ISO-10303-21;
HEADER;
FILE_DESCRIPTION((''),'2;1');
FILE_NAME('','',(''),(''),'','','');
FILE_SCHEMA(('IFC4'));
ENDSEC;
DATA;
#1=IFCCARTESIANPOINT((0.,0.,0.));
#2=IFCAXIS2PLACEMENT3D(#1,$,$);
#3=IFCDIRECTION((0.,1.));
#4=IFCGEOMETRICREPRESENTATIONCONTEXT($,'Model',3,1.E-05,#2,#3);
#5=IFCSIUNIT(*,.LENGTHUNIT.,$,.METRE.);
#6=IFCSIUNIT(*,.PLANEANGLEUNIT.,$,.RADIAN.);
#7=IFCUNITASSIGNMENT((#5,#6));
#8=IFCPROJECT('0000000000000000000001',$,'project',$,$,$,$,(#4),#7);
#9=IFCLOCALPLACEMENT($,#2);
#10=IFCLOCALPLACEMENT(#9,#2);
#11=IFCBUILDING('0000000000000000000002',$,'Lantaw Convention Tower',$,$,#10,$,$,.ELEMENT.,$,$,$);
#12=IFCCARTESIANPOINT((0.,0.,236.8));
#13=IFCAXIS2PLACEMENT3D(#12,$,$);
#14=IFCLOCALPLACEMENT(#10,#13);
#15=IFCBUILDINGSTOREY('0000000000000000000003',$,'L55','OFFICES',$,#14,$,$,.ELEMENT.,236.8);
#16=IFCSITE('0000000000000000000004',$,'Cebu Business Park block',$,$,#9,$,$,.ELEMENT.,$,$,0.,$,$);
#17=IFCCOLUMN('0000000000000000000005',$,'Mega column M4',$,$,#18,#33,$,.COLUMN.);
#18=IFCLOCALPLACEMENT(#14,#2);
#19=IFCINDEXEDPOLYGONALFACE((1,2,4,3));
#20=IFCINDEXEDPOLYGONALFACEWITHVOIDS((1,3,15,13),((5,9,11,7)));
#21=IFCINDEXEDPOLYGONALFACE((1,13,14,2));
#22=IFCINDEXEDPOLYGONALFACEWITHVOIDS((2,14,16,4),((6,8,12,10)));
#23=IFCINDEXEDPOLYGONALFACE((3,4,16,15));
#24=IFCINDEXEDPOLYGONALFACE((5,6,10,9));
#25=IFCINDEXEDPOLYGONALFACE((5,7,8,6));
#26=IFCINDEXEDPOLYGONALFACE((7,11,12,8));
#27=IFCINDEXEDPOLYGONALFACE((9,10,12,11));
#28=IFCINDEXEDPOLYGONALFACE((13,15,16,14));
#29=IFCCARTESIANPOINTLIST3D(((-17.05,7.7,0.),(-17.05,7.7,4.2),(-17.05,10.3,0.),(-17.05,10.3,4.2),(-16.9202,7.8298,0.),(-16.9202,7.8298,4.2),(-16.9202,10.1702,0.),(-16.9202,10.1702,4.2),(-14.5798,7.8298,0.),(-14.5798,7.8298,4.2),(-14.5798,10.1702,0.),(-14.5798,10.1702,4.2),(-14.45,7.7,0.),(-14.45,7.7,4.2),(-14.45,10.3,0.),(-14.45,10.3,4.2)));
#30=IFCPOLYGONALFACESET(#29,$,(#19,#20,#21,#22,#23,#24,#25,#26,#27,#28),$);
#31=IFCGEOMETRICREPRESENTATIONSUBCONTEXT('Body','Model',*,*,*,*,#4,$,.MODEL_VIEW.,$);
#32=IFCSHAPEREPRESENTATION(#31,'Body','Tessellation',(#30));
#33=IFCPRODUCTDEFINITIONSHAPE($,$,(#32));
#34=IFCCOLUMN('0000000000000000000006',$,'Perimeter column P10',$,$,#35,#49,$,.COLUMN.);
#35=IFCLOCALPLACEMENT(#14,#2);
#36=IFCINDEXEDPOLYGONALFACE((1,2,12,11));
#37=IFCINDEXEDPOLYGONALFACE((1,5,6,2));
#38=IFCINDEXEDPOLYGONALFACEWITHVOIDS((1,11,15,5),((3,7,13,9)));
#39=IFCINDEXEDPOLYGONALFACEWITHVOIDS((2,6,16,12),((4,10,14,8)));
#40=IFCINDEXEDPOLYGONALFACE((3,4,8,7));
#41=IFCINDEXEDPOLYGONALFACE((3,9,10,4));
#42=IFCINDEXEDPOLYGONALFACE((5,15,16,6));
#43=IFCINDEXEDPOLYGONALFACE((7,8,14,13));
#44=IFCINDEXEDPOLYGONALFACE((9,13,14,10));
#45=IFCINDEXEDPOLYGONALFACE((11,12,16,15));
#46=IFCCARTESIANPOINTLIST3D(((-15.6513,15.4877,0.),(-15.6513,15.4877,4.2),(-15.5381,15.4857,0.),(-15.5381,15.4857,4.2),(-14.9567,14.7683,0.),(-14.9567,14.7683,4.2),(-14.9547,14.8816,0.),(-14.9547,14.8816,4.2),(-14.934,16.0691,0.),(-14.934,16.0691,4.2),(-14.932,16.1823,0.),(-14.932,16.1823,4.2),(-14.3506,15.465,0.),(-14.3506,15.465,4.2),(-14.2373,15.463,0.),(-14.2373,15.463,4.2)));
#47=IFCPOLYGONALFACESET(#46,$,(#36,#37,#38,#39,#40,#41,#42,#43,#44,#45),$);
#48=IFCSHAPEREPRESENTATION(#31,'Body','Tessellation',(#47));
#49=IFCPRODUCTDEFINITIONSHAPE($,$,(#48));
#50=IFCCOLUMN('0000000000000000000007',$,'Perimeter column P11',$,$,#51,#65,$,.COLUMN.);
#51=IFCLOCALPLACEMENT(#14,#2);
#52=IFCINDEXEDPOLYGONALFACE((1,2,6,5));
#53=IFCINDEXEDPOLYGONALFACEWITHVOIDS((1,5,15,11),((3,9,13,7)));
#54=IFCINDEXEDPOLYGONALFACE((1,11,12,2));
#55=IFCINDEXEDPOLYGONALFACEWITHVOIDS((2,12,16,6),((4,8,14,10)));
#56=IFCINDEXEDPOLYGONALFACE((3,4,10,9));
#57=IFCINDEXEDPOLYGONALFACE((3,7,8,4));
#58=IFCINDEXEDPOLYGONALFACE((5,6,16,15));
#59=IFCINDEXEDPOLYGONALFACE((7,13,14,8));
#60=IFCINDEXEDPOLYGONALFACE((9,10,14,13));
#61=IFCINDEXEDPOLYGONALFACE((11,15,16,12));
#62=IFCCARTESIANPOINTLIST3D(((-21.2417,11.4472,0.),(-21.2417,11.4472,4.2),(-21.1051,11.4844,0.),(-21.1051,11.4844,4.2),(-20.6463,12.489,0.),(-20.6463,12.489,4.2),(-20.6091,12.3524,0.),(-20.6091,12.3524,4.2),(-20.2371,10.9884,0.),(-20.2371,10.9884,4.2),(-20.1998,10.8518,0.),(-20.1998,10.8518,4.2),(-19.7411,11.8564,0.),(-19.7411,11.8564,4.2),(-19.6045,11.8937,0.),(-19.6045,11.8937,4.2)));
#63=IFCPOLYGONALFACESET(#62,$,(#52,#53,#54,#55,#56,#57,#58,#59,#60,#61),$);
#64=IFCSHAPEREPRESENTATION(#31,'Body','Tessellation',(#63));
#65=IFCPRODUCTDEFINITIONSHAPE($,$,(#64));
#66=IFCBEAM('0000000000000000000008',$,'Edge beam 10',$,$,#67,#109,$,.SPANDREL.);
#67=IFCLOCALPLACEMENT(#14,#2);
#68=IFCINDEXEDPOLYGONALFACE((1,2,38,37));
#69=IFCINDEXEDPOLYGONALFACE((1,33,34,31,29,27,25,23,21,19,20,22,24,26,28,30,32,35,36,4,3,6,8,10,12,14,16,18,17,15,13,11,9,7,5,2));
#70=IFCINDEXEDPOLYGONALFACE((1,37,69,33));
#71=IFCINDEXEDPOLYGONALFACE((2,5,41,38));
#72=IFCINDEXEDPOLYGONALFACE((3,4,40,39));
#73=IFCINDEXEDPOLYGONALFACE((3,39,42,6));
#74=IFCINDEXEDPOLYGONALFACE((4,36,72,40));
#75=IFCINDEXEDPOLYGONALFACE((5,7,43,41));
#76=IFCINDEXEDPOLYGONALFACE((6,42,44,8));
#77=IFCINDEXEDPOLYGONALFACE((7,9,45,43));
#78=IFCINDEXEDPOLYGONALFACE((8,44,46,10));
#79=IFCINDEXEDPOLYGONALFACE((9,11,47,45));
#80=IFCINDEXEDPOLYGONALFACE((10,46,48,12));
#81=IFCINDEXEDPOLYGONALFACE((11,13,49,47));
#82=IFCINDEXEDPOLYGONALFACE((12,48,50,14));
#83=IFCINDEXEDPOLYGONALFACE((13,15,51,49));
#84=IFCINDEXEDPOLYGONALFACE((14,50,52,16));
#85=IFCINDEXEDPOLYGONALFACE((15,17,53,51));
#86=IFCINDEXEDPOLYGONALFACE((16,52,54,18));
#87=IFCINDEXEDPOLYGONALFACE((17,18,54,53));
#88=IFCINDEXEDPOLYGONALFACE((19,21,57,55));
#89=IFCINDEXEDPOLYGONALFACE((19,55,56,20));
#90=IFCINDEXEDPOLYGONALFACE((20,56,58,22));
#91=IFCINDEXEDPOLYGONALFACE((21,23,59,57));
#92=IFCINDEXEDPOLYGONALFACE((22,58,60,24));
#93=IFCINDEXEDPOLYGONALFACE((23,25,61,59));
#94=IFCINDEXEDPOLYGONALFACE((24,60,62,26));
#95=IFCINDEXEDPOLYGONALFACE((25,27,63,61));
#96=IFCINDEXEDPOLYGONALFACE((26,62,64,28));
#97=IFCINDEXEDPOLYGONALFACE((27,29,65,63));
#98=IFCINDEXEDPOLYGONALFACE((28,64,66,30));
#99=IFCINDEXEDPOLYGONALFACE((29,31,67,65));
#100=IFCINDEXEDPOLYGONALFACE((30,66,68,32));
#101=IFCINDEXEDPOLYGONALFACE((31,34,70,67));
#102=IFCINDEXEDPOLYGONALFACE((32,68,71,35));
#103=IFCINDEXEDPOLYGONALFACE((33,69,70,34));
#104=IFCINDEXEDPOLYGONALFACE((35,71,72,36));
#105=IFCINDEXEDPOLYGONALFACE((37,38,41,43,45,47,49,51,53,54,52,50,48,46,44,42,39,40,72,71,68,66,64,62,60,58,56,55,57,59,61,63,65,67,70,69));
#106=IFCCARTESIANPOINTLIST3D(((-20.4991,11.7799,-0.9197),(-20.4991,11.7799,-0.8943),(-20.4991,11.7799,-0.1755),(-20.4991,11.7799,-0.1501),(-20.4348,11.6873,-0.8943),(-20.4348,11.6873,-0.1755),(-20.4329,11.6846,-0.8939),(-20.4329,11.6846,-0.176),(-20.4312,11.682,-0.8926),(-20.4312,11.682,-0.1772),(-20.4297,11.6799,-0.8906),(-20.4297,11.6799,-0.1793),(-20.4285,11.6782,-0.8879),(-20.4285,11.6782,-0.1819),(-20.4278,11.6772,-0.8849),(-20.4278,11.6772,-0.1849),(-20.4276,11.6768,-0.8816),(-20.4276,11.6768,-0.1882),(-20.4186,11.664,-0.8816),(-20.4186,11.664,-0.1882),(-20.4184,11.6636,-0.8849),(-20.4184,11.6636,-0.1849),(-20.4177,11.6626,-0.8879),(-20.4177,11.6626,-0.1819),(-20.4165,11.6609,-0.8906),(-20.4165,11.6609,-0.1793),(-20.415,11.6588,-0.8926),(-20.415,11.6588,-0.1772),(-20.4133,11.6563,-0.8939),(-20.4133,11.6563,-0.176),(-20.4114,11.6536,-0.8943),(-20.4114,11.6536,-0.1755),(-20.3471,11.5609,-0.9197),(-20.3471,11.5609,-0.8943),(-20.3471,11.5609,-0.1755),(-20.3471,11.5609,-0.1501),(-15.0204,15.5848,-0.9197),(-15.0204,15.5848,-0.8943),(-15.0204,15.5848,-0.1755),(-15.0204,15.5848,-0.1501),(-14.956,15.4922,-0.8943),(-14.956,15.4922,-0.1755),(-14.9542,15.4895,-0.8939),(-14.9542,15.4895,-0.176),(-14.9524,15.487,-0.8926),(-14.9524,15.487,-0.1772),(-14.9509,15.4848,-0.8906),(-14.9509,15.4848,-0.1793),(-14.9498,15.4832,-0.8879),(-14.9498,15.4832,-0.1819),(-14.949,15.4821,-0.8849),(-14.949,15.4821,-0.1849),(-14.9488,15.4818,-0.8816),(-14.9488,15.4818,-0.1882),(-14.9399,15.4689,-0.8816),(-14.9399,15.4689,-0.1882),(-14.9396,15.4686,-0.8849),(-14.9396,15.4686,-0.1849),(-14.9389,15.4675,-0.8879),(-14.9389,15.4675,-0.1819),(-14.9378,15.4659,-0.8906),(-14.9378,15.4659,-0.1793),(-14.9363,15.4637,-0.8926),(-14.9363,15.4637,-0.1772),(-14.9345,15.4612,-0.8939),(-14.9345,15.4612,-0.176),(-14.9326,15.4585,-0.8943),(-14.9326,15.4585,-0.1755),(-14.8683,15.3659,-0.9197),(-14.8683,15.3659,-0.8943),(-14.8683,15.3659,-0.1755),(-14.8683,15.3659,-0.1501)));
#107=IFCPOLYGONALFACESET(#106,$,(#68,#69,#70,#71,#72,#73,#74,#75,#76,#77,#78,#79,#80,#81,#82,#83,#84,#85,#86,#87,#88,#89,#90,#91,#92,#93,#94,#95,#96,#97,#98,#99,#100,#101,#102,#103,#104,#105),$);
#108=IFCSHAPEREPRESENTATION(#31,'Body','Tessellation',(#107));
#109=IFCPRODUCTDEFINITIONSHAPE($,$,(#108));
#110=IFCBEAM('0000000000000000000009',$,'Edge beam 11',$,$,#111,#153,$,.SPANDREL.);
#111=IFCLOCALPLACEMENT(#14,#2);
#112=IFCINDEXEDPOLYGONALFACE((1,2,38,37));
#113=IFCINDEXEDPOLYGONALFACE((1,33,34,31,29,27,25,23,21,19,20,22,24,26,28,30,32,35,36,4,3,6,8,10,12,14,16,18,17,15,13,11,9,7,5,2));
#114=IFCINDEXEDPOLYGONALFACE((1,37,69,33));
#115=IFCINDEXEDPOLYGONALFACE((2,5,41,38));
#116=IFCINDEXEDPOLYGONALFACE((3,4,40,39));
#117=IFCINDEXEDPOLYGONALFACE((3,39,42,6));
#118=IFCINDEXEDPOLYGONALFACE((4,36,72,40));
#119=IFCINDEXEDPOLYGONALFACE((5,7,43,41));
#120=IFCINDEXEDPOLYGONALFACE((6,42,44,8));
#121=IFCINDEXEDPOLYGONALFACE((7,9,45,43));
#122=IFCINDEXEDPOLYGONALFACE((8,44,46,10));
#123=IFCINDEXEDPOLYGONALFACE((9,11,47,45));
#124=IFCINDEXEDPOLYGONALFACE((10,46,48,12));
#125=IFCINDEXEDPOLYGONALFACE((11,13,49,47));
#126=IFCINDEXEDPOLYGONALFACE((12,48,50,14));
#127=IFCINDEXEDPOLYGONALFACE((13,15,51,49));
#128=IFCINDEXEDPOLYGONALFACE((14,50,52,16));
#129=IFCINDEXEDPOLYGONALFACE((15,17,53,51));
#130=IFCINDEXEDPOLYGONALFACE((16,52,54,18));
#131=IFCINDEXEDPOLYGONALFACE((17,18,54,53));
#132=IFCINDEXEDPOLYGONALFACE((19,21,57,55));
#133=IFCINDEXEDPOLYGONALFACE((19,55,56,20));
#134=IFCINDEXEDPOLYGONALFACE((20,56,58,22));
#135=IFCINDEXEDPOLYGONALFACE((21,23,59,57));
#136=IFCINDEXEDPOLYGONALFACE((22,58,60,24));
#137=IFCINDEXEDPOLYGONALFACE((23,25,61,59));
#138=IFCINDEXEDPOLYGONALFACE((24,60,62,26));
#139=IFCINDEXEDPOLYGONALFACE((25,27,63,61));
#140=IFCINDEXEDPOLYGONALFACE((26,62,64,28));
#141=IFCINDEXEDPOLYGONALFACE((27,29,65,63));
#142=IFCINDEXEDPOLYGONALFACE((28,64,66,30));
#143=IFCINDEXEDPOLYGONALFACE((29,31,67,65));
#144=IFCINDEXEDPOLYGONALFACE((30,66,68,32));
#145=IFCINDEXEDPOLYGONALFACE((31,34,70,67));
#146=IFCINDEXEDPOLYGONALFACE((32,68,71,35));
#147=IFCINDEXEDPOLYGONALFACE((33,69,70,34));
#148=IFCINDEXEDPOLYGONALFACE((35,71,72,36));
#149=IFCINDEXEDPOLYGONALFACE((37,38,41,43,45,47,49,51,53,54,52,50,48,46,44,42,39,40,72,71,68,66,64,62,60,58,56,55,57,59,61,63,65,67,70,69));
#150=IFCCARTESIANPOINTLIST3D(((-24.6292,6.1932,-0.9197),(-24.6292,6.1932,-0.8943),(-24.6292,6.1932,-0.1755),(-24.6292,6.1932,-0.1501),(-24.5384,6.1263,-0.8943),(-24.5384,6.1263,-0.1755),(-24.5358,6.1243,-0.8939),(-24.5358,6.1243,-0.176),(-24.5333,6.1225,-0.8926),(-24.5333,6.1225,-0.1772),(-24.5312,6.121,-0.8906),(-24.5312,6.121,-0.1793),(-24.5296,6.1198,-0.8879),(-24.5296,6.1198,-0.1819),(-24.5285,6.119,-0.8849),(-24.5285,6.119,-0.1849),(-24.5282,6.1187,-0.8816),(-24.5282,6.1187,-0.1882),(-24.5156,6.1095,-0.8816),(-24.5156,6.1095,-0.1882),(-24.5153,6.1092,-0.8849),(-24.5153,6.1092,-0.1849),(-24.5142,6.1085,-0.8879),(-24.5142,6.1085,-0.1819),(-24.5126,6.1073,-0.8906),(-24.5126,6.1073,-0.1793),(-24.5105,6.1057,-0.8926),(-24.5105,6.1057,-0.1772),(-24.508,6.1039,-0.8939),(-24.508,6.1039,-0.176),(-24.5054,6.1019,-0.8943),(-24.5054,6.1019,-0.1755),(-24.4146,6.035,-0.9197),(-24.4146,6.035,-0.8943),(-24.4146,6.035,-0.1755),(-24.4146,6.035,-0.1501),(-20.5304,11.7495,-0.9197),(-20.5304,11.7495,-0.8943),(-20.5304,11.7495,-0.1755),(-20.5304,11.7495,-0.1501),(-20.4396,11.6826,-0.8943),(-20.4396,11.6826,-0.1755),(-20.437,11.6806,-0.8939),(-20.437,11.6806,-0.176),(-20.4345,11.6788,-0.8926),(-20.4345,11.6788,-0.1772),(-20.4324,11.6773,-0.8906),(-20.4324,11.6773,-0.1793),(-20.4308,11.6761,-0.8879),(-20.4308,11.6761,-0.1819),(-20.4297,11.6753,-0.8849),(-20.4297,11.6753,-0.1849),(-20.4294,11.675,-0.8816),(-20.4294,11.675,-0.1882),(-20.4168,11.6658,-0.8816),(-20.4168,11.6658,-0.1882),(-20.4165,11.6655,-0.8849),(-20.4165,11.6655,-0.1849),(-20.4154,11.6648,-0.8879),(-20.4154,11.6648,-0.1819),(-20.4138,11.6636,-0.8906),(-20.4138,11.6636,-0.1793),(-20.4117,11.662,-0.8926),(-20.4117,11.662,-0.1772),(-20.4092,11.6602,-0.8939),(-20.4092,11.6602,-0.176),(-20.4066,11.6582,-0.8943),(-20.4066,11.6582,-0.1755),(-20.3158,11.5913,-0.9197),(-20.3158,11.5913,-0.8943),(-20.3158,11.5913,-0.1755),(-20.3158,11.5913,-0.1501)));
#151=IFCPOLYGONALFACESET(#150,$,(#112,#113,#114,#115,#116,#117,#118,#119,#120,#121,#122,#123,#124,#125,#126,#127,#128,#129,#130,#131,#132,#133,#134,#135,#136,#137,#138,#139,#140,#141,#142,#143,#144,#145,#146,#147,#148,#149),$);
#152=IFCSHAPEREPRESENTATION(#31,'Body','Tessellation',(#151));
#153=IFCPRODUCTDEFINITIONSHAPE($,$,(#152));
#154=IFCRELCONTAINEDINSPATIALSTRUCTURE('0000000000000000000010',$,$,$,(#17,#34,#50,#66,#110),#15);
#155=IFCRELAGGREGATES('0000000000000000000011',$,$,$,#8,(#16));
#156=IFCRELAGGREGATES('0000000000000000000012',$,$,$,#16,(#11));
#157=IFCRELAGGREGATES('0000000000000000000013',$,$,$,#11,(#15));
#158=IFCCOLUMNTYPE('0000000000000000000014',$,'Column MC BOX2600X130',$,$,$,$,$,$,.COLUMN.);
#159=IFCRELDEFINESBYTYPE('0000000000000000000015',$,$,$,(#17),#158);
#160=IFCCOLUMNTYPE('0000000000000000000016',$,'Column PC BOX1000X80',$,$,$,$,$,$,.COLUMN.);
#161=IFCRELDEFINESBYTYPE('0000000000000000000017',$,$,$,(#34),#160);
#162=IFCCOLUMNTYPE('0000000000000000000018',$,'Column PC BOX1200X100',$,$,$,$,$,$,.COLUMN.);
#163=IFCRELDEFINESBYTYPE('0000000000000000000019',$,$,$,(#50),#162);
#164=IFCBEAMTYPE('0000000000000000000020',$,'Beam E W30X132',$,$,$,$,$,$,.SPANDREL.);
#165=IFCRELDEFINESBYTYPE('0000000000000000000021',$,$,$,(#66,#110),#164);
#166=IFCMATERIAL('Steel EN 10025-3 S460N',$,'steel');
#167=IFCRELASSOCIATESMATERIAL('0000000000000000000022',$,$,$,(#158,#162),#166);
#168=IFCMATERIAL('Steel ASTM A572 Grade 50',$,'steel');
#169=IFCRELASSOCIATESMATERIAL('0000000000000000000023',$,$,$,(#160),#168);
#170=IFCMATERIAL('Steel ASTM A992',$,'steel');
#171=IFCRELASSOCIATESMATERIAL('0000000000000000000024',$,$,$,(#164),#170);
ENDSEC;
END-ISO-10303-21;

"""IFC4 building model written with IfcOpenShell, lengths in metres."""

from ifc_helpers import new_model, si_unit, direction, frame, origin, origin_2d, place, context, subcontext, project, spatial, rectangle, hollow_rectangle, i_section, extrude, material, material_profile, profile_set, type_object, element, save


model = new_model("IFC4")

# Units and contexts
model_context = context("Model", 3, precision=1e-05, world=origin(), true_north=direction((0.0, 1.0)))
body_context = subcontext(model_context, "Body", "Model", "MODEL_VIEW")
ifc_project = project(units=[si_unit("LENGTHUNIT", "METRE"), si_unit("PLANEANGLEUNIT", "RADIAN")], contexts=[model_context])

# Site, building, storey
site_placement = place(None, origin())
site = spatial("IfcSite", under=ifc_project, at=site_placement, Name="Cebu Business Park block", CompositionType="ELEMENT", RefElevation=0.0)
building_placement = place(site_placement, origin())
building = spatial("IfcBuilding", under=site, at=building_placement, Name="Lantaw Convention Tower", CompositionType="ELEMENT")
storey_placement = place(building_placement, frame((0.0, 0.0, 236.8)))
storey = spatial("IfcBuildingStorey", under=building, at=storey_placement, Name="L55", Description="OFFICES", CompositionType="ELEMENT", Elevation=236.8)

# Columns
ifc_material_1 = material(Name="Steel EN 10025-3 S460N", Category="steel")
ifc_material_profile_1 = material_profile(ifc_material_1, hollow_rectangle(XDim=2.6001, YDim=2.6001, WallThickness=0.1299, at=origin_2d()), Name="BOX2600X130")
ifc_material_2 = material(Name="Concrete C60/75", Category="concrete")
ifc_material_profile_2 = material_profile(ifc_material_2, rectangle(XDim=2.3401, YDim=2.3401, at=origin_2d()), Name="Concrete fill of BOX2600X130")
ifc_profile_set_1 = profile_set([ifc_material_profile_1, ifc_material_profile_2], Name="Steel EN 10025-3 S460N")
column_type_1 = type_object("IfcColumnType", Name="Column MC BOX2600X130", PredefinedType="COLUMN", material=ifc_profile_set_1)
column_1_placement = place(storey_placement, frame((-15.75, 9.0, 0.0), z_axis=(0.0, 0.0, 1.0), x_axis=(1.0, 0.0, 0.0)))
element("IfcColumn", 1, at=column_1_placement, inside=storey, type_object=column_type_1, Name="Mega column M4", PredefinedType="COLUMN", context=body_context, shape_type="SweptSolid", body=[
    extrude(hollow_rectangle(XDim=2.6001, YDim=2.6001, WallThickness=0.1299, at=origin_2d()), origin(), (0.0, 0.0, 1.0), 4.2),
])
ifc_material_3 = material(Name="Steel ASTM A572 Grade 50", Category="steel")
ifc_material_profile_3 = material_profile(ifc_material_3, hollow_rectangle(XDim=1.0, YDim=1.0, WallThickness=0.0801, at=origin_2d()), Name="BOX1000X80")
ifc_material_profile_4 = material_profile(ifc_material_2, rectangle(XDim=0.8401, YDim=0.8401, at=origin_2d()), Name="Concrete fill of BOX1000X80")
ifc_profile_set_2 = profile_set([ifc_material_profile_3, ifc_material_profile_4], Name="Steel ASTM A572 Grade 50")
column_type_2 = type_object("IfcColumnType", Name="Column PC BOX1000X80", PredefinedType="COLUMN", material=ifc_profile_set_2)
column_2_placement = place(storey_placement, frame((-14.9443, 15.4753, 0.0), z_axis=(0.0, 0.0, 1.0), x_axis=(0.71934, 0.694658, 0.0)))
element("IfcColumn", 2, at=column_2_placement, inside=storey, type_object=column_type_2, Name="Perimeter column P10", PredefinedType="COLUMN", context=body_context, shape_type="SweptSolid", body=[
    extrude(hollow_rectangle(XDim=1.0, YDim=1.0, WallThickness=0.0801, at=origin_2d()), origin(), (0.0, 0.0, 1.0), 4.2),
])
ifc_material_profile_5 = material_profile(ifc_material_1, hollow_rectangle(XDim=1.2, YDim=1.2, WallThickness=0.1001, at=origin_2d()), Name="BOX1200X100")
ifc_material_profile_6 = material_profile(ifc_material_2, rectangle(XDim=1.0, YDim=1.0, at=origin_2d()), Name="Concrete fill of BOX1200X100")
ifc_profile_set_3 = profile_set([ifc_material_profile_5, ifc_material_profile_6], Name="Steel EN 10025-3 S460N")
column_type_3 = type_object("IfcColumnType", Name="Column PC BOX1200X100", PredefinedType="COLUMN", material=ifc_profile_set_3)
column_3_placement = place(storey_placement, frame((-20.4231, 11.6704, 0.0), z_axis=(0.0, 0.0, 1.0), x_axis=(0.496139, 0.868243, 0.0)))
element("IfcColumn", 3, at=column_3_placement, inside=storey, type_object=column_type_3, Name="Perimeter column P11", PredefinedType="COLUMN", context=body_context, shape_type="SweptSolid", body=[
    extrude(hollow_rectangle(XDim=1.2, YDim=1.2, WallThickness=0.1001, at=origin_2d()), origin(), (0.0, 0.0, 1.0), 4.2),
])

# Beams
ifc_material_4 = material(Name="Steel ASTM A992", Category="steel")
ifc_material_profile_7 = material_profile(ifc_material_4, i_section(OverallWidth=0.2666, OverallDepth=0.7695, WebThickness=0.0156, FlangeThickness=0.0254, FilletRadius=0.0127, at=origin_2d()), Name="W30X132")
ifc_profile_set_4 = profile_set([ifc_material_profile_7], Name="Steel ASTM A992")
beam_type_1 = type_object("IfcBeamType", Name="Beam E W30X132", PredefinedType="SPANDREL", material=ifc_profile_set_4)
beam_1_placement = place(storey_placement, frame((-14.9443, 15.4753, -0.5349), z_axis=(-0.821353, -0.57042, 0.0), x_axis=(0.57042, -0.821353, 0.0)))
element("IfcBeam", 4, at=beam_1_placement, inside=storey, type_object=beam_type_1, Name="Edge beam 10", PredefinedType="SPANDREL", context=body_context, shape_type="SweptSolid", body=[
    extrude(i_section(OverallWidth=0.2666, OverallDepth=0.7695, WebThickness=0.0156, FlangeThickness=0.0254, FilletRadius=0.0127, at=origin_2d()), origin(), (0.0, 0.0, 1.0), 6.6704),
])
beam_2_placement = place(storey_placement, frame((-20.4231, 11.6704, -0.5349), z_axis=(-0.593639, -0.804731, 0.0), x_axis=(0.804731, -0.593639, 0.0)))
element("IfcBeam", 5, at=beam_2_placement, inside=storey, type_object=beam_type_1, Name="Edge beam 11", PredefinedType="SPANDREL", context=body_context, shape_type="SweptSolid", body=[
    extrude(i_section(OverallWidth=0.2666, OverallDepth=0.7695, WebThickness=0.0156, FlangeThickness=0.0254, FilletRadius=0.0127, at=origin_2d()), origin(), (0.0, 0.0, 1.0), 6.9045),
])

save(model, "model.ifc")
